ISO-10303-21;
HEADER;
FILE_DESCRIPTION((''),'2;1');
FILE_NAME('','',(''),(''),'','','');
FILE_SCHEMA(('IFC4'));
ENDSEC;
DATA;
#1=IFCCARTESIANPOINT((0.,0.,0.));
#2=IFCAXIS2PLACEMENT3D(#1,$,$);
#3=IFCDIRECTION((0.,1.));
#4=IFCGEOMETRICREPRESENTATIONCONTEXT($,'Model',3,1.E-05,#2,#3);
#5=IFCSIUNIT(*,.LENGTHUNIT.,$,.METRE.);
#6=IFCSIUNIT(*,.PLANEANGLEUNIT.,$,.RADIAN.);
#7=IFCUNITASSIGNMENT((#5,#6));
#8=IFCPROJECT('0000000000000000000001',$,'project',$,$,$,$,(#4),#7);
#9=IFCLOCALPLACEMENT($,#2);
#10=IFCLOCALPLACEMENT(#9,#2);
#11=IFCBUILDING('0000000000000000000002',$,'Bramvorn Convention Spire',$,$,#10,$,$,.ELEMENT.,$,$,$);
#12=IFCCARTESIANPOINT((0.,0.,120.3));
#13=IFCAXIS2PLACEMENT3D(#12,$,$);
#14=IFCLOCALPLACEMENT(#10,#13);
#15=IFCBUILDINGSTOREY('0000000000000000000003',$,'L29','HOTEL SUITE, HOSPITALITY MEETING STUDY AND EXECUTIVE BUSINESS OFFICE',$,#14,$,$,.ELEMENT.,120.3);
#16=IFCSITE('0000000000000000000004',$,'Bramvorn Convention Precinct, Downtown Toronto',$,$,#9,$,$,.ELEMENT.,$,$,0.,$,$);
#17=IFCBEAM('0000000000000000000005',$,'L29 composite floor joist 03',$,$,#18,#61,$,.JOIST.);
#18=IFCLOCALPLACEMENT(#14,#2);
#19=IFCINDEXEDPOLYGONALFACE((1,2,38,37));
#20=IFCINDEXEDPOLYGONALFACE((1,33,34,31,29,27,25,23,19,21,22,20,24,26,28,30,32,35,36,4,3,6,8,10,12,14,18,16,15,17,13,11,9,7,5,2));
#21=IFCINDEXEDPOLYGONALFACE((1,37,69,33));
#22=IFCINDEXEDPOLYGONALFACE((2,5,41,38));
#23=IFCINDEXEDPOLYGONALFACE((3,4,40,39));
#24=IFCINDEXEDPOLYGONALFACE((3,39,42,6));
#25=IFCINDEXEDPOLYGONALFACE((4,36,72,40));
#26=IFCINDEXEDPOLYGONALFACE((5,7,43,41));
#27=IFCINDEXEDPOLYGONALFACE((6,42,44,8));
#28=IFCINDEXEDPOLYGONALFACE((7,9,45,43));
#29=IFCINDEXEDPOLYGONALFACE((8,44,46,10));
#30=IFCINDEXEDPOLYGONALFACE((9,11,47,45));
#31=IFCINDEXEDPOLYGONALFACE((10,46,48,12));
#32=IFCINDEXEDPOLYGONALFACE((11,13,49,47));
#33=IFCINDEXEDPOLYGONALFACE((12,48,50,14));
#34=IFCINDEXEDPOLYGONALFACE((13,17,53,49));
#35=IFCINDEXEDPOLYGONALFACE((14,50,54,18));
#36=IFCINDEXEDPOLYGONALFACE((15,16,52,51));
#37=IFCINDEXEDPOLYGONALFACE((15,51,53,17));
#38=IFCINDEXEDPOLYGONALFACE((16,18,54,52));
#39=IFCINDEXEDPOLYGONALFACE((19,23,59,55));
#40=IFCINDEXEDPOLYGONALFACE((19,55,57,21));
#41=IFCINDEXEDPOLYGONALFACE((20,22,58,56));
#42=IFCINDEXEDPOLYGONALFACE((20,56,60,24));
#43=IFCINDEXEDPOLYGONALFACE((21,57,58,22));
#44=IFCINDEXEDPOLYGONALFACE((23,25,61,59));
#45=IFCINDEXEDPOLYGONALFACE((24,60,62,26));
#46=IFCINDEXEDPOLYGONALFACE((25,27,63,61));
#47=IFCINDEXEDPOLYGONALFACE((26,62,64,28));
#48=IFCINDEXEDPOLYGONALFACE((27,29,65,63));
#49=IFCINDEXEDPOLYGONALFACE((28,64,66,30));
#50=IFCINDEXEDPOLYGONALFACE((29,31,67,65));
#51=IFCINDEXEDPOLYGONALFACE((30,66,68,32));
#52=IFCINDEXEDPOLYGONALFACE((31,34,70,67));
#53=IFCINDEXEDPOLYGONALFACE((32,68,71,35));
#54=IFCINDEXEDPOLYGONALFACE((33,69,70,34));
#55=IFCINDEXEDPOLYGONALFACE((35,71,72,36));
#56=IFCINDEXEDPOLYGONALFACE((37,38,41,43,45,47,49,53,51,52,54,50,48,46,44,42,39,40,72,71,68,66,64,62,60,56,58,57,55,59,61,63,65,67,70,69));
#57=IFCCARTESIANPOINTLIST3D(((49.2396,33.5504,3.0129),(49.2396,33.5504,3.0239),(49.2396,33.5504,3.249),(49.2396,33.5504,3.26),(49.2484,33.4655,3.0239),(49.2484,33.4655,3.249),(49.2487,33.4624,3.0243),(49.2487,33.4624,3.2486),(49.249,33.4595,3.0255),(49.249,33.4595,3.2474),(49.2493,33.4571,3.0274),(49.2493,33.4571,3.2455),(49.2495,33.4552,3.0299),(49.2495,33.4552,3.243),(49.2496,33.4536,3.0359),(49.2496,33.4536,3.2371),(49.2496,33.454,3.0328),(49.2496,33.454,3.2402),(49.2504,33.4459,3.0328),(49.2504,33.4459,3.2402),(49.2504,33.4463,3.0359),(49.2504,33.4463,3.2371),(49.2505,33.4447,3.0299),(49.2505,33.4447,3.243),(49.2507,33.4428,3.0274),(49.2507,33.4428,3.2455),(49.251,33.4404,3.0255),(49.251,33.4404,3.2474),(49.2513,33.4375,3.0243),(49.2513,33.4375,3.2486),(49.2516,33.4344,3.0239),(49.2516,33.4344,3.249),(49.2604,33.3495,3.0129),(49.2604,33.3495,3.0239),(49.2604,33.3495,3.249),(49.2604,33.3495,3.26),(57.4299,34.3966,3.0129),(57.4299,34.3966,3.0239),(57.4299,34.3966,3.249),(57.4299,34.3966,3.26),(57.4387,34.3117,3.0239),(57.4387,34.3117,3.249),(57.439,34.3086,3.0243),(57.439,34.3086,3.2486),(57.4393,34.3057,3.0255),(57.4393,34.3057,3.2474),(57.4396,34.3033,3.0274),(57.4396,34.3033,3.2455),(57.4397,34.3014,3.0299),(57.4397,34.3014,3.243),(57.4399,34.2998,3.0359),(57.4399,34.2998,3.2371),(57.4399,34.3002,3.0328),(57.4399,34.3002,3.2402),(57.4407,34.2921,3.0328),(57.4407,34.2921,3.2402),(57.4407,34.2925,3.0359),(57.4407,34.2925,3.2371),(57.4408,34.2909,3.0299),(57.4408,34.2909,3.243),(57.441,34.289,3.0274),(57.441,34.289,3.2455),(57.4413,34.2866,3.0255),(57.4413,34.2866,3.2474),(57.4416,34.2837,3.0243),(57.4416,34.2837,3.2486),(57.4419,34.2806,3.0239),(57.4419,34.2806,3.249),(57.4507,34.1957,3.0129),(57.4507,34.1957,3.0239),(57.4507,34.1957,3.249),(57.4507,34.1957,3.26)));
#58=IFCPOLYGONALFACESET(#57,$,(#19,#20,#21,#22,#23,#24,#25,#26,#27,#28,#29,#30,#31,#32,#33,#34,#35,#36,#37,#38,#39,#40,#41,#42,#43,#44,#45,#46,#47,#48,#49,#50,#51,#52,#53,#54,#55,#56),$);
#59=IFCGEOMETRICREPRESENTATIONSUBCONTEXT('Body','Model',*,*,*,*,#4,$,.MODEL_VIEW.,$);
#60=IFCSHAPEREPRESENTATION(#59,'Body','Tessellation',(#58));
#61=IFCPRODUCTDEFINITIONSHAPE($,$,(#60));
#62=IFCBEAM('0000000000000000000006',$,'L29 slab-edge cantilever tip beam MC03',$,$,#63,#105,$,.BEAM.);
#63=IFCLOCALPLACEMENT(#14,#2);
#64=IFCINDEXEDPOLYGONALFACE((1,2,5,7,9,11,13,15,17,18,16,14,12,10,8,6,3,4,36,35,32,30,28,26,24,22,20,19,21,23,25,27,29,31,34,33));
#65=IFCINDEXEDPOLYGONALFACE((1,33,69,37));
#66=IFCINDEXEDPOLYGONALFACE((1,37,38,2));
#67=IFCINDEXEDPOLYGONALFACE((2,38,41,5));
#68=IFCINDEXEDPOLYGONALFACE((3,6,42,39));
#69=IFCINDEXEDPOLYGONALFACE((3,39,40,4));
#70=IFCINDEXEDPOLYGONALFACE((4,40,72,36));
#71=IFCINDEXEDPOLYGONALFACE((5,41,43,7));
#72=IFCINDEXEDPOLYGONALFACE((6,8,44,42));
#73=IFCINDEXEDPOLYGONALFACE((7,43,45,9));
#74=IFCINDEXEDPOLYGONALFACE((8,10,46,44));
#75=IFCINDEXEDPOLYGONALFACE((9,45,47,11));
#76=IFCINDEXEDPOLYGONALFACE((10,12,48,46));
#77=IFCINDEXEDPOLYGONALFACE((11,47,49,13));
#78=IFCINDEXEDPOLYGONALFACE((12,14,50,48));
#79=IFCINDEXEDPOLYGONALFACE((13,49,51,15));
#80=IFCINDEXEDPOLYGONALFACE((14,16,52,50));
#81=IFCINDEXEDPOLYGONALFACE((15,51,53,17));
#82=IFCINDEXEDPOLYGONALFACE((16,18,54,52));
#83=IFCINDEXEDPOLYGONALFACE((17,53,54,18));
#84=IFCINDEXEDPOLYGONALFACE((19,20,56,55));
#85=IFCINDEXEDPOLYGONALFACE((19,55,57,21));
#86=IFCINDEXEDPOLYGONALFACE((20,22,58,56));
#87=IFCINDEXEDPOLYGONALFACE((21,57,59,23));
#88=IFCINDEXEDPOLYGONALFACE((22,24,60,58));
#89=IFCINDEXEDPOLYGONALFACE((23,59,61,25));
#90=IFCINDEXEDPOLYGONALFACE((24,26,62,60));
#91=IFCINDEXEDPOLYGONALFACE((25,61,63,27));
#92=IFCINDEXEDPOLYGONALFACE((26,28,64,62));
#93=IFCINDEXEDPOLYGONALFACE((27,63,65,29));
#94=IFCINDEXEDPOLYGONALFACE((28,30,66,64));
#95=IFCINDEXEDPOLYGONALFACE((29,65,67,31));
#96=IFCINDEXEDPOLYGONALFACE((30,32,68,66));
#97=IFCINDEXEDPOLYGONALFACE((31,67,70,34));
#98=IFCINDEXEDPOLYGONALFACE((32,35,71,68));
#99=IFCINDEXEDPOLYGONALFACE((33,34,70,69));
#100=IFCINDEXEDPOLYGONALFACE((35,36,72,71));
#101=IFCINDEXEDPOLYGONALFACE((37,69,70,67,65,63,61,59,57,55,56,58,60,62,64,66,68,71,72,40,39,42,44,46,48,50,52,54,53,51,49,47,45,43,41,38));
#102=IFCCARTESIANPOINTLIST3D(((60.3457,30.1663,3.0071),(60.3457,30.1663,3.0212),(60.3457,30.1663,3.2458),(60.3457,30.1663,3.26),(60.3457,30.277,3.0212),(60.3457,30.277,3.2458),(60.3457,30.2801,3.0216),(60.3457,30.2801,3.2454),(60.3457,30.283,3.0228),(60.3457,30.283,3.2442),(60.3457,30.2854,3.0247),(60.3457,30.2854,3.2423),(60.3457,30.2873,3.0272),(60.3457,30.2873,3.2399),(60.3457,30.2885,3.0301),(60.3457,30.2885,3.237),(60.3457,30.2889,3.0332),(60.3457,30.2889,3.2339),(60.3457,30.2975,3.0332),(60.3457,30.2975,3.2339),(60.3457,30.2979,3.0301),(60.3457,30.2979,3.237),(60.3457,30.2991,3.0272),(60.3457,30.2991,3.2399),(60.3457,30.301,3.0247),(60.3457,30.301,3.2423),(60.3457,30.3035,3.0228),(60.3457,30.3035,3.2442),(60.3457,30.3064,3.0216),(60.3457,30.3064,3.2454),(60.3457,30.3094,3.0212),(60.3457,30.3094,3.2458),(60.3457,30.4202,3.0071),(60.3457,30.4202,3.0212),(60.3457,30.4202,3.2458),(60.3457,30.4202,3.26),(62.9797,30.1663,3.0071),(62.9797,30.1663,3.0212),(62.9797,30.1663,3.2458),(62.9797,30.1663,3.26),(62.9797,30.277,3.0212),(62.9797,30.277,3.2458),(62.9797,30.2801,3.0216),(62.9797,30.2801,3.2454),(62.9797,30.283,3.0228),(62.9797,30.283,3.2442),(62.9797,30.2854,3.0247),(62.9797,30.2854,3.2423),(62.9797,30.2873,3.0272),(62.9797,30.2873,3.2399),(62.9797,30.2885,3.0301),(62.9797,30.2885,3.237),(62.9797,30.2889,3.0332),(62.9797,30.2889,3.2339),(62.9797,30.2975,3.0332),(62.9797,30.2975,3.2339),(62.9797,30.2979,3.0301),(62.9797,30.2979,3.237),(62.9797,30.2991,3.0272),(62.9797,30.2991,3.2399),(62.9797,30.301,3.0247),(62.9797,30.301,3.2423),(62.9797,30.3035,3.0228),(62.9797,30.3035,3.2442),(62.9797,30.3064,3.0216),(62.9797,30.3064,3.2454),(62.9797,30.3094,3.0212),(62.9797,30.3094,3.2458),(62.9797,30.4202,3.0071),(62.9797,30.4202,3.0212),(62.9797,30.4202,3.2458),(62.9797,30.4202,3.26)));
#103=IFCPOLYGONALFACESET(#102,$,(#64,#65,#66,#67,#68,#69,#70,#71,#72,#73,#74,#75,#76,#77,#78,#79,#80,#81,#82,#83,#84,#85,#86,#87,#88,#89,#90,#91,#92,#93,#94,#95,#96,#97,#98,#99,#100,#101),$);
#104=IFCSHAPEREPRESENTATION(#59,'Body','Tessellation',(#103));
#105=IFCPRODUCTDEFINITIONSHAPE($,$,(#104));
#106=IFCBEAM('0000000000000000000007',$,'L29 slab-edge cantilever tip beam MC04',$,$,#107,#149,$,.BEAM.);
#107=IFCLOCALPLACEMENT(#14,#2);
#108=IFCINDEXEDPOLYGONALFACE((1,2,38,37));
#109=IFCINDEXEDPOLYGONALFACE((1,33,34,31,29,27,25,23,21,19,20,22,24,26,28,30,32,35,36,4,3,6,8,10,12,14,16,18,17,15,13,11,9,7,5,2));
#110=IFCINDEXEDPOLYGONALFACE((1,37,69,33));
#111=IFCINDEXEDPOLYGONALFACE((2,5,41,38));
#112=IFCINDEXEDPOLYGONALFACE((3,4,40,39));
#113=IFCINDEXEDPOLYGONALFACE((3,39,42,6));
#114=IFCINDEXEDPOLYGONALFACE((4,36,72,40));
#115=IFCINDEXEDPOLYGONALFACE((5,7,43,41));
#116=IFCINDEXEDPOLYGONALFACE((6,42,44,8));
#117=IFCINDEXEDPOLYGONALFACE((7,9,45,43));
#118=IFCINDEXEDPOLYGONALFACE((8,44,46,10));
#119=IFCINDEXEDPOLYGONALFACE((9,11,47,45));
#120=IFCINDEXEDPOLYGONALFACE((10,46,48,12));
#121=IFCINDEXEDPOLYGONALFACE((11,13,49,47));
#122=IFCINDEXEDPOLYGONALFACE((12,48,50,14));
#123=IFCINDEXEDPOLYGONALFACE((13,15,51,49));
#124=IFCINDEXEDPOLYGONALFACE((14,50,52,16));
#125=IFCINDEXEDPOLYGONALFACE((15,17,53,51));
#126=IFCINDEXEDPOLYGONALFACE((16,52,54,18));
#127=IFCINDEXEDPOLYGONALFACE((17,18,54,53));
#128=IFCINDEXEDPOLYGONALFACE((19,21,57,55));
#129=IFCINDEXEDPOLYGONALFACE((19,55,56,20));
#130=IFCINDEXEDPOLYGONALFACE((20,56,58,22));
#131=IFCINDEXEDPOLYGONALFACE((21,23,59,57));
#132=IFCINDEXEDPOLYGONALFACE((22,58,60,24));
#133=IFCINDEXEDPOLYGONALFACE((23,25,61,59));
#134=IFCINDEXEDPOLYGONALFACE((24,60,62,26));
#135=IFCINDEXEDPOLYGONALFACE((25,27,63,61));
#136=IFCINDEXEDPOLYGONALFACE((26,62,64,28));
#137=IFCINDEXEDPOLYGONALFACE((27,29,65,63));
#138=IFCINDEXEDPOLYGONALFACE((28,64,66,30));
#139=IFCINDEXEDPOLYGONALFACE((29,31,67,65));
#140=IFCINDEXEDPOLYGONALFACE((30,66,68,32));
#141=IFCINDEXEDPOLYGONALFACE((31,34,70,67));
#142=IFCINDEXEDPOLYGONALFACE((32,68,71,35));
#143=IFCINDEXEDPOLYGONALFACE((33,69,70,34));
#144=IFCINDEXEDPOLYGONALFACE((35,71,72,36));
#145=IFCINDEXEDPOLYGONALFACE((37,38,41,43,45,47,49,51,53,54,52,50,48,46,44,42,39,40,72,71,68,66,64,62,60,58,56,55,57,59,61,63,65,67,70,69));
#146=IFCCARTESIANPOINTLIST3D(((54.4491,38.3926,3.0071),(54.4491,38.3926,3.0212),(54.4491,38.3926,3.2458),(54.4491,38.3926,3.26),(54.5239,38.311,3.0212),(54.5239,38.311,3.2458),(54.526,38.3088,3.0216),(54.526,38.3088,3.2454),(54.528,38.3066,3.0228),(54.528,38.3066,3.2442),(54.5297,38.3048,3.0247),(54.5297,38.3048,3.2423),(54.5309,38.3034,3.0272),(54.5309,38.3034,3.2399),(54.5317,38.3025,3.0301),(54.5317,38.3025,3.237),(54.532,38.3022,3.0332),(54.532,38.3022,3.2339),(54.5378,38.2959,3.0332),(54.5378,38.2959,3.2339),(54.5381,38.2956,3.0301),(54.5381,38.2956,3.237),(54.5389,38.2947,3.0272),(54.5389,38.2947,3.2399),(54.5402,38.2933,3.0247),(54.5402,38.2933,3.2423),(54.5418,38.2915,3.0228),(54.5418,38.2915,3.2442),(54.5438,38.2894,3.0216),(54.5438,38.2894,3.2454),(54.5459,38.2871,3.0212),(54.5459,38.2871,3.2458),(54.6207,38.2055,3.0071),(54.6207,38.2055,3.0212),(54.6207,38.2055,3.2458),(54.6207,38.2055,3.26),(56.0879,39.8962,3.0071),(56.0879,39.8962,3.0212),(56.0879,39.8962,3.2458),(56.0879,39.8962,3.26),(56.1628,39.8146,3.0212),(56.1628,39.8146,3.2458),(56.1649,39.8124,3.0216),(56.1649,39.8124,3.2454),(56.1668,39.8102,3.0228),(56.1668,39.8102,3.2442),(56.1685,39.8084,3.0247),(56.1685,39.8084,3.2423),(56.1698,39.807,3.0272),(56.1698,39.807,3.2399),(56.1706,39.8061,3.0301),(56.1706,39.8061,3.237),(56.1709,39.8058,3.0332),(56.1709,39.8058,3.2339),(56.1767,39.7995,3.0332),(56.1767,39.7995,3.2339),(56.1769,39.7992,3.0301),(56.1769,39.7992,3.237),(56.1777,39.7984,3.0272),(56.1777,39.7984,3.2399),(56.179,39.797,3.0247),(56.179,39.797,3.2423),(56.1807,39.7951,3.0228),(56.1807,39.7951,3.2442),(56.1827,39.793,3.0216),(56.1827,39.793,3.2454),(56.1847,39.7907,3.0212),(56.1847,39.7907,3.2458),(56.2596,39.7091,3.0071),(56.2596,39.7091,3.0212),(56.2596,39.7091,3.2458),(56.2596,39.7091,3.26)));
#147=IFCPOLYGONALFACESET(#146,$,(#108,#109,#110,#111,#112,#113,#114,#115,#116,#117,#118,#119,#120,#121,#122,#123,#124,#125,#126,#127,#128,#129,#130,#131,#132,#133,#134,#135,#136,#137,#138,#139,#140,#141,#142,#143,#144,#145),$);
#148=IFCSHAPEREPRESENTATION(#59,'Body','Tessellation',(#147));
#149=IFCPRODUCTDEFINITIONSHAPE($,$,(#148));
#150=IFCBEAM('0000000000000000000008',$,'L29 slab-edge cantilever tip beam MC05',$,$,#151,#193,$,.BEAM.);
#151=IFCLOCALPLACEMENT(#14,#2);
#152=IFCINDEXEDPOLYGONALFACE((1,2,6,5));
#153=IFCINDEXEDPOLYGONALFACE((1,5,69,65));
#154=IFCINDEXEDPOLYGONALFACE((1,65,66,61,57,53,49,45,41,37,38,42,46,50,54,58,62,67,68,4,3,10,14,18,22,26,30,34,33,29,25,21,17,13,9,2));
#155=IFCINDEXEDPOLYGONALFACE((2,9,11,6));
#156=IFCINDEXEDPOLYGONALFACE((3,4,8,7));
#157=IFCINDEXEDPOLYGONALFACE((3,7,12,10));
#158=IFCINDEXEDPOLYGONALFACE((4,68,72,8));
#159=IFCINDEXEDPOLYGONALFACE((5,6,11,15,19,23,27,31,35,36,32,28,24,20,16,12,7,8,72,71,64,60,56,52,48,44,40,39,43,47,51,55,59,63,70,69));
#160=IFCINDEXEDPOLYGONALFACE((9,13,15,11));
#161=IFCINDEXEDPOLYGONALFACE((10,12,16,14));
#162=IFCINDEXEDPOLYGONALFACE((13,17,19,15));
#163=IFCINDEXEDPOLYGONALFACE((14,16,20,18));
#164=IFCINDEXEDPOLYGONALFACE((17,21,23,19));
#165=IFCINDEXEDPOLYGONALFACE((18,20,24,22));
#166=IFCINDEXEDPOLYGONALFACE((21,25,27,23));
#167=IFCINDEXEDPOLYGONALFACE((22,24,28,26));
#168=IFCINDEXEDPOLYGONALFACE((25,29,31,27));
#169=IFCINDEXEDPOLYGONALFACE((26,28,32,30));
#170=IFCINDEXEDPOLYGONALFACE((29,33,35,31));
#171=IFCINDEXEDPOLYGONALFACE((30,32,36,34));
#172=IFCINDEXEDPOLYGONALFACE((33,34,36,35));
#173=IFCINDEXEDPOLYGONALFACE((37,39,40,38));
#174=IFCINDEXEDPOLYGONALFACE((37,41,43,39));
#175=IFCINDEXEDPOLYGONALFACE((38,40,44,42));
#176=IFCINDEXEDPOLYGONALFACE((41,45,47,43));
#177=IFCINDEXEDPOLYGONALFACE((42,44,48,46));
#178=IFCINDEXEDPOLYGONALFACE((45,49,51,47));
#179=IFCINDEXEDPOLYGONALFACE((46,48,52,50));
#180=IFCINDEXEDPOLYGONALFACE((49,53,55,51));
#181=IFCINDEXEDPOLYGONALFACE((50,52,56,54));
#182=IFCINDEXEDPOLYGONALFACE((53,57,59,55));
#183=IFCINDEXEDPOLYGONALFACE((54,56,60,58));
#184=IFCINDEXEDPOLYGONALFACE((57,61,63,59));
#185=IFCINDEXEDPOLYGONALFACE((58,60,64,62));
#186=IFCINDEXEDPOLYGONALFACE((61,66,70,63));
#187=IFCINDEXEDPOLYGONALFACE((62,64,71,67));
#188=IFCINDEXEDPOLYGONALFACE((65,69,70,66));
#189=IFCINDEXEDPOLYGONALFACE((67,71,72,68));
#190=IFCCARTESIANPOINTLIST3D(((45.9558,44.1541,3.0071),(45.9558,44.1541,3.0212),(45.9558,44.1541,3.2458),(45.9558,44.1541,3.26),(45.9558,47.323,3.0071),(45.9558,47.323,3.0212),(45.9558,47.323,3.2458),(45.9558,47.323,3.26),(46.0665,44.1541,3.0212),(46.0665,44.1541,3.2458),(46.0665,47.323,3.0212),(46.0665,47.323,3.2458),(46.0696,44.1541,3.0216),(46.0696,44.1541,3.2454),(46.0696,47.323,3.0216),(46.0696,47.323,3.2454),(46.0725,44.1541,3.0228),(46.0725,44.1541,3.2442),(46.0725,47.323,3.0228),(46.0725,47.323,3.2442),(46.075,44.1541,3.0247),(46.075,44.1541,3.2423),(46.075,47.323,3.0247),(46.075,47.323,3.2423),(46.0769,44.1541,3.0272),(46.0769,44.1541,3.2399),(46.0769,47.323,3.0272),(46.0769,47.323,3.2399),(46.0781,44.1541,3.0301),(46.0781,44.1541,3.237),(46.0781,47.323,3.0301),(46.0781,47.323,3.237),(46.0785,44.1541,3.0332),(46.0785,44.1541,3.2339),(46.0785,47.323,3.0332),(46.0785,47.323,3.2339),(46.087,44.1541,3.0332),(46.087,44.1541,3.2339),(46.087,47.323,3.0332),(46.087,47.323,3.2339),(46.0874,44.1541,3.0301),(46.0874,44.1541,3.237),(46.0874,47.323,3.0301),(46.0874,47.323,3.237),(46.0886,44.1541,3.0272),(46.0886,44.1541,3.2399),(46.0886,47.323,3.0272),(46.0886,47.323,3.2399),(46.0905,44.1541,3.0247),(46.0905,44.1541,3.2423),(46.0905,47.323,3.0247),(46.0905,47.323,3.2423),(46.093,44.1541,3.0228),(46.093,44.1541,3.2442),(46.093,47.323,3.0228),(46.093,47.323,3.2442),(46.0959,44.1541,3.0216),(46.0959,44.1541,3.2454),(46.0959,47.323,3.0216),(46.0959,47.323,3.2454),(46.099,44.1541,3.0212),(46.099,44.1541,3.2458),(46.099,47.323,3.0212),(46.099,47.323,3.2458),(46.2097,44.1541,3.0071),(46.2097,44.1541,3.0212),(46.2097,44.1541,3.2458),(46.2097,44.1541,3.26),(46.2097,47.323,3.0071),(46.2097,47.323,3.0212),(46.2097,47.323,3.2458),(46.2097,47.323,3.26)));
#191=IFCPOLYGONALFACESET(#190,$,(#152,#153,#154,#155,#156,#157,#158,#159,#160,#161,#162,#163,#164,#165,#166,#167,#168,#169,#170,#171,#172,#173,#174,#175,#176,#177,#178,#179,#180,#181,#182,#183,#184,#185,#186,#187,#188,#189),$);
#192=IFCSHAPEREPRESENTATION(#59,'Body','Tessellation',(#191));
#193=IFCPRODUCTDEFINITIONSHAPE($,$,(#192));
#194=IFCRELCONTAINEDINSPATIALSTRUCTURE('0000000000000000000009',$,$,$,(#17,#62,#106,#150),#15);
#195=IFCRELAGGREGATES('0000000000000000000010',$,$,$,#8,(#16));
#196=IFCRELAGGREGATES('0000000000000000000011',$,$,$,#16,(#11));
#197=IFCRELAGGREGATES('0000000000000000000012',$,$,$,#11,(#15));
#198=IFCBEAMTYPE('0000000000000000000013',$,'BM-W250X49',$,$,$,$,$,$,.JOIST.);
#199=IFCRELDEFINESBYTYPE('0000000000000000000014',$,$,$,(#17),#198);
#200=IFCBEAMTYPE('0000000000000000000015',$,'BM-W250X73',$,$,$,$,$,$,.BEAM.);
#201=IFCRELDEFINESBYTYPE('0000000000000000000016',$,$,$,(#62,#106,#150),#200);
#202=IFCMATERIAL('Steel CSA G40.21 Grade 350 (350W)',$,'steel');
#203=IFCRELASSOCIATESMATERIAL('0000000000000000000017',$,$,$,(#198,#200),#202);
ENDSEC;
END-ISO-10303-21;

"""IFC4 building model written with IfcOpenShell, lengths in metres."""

from ifc_helpers import new_model, si_unit, direction, frame, origin, origin_2d, place, context, subcontext, project, spatial, i_section, extrude, material, material_profile, profile_set, type_object, element, save


model = new_model("IFC4")

# Units and contexts
model_context = context("Model", 3, precision=1e-05, world=origin(), true_north=direction((0.0, 1.0)))
body_context = subcontext(model_context, "Body", "Model", "MODEL_VIEW")
ifc_project = project(units=[si_unit("LENGTHUNIT", "METRE"), si_unit("PLANEANGLEUNIT", "RADIAN")], contexts=[model_context])

# Site, building, storey
site_placement = place(None, origin())
site = spatial("IfcSite", under=ifc_project, at=site_placement, Name="Bramvorn Convention Precinct, Downtown Toronto", CompositionType="ELEMENT", RefElevation=0.0)
building_placement = place(site_placement, origin())
building = spatial("IfcBuilding", under=site, at=building_placement, Name="Bramvorn Convention Spire", CompositionType="ELEMENT")
storey_placement = place(building_placement, frame((0.0, 0.0, 120.3)))
storey = spatial("IfcBuildingStorey", under=building, at=storey_placement, Name="L29", Description="HOTEL SUITE, HOSPITALITY MEETING STUDY AND EXECUTIVE BUSINESS OFFICE", CompositionType="ELEMENT", Elevation=120.3)

# Shared definitions
ifc_material_1 = material(Name="Steel CSA G40.21 Grade 350 (350W)", Category="steel")

# Beams
ifc_material_profile_1 = material_profile(ifc_material_1, i_section(OverallWidth=0.2019, OverallDepth=0.2471, WebThickness=0.0073, FlangeThickness=0.011, FilletRadius=0.012, at=origin_2d()))
ifc_profile_set_1 = profile_set([ifc_material_profile_1], Name="Steel CSA G40.21 Grade 350 (350W) - W250X49")
beam_type_1 = type_object("IfcBeamType", Name="BM-W250X49", PredefinedType="JOIST", material=ifc_profile_set_1)
beam_1_placement = place(storey_placement, frame((49.25, 33.45, 3.1365), z_axis=(0.994705, 0.102771, 0.0), x_axis=(-0.102771, 0.994705, 0.0)))
element("IfcBeam", 1, at=beam_1_placement, inside=storey, type_object=beam_type_1, Name="L29 composite floor joist 03", PredefinedType="JOIST", context=body_context, shape_type="SweptSolid", body=[
    extrude(i_section(OverallWidth=0.2019, OverallDepth=0.2471, WebThickness=0.0073, FlangeThickness=0.011, FilletRadius=0.012, at=origin_2d()), origin(), (0.0, 0.0, 1.0), 8.2339),
])
ifc_material_profile_2 = material_profile(ifc_material_1, i_section(OverallWidth=0.2539, OverallDepth=0.2529, WebThickness=0.0085, FlangeThickness=0.0142, FilletRadius=0.012, at=origin_2d()))
ifc_profile_set_2 = profile_set([ifc_material_profile_2], Name="Steel CSA G40.21 Grade 350 (350W) - W250X73")
beam_type_2 = type_object("IfcBeamType", Name="BM-W250X73", PredefinedType="BEAM", material=ifc_profile_set_2)
beam_2_placement = place(storey_placement, frame((60.3457, 30.2932, 3.1335), z_axis=(1.0, 0.0, 0.0), x_axis=(0.0, 1.0, 0.0)))
element("IfcBeam", 2, at=beam_2_placement, inside=storey, type_object=beam_type_2, Name="L29 slab-edge cantilever tip beam MC03", PredefinedType="BEAM", context=body_context, shape_type="SweptSolid", body=[
    extrude(i_section(OverallWidth=0.2539, OverallDepth=0.2529, WebThickness=0.0085, FlangeThickness=0.0142, FilletRadius=0.012, at=origin_2d()), origin(), (0.0, 0.0, 1.0), 2.634),
])
beam_3_placement = place(storey_placement, frame((54.5349, 38.2991, 3.1335), z_axis=(0.736858, 0.676048, 0.0), x_axis=(-0.676048, 0.736858, 0.0)))
element("IfcBeam", 3, at=beam_3_placement, inside=storey, type_object=beam_type_2, Name="L29 slab-edge cantilever tip beam MC04", PredefinedType="BEAM", context=body_context, shape_type="SweptSolid", body=[
    extrude(i_section(OverallWidth=0.2539, OverallDepth=0.2529, WebThickness=0.0085, FlangeThickness=0.0142, FilletRadius=0.012, at=origin_2d()), origin(), (0.0, 0.0, 1.0), 2.2241),
])
beam_4_placement = place(storey_placement, frame((46.0828, 44.1541, 3.1335), z_axis=(0.0, 1.0, 0.0), x_axis=(-1.0, 0.0, 0.0)))
element("IfcBeam", 4, at=beam_4_placement, inside=storey, type_object=beam_type_2, Name="L29 slab-edge cantilever tip beam MC05", PredefinedType="BEAM", context=body_context, shape_type="SweptSolid", body=[
    extrude(i_section(OverallWidth=0.2539, OverallDepth=0.2529, WebThickness=0.0085, FlangeThickness=0.0142, FilletRadius=0.012, at=origin_2d()), origin(), (0.0, 0.0, 1.0), 3.1689),
])

save(model, "model.ifc")
